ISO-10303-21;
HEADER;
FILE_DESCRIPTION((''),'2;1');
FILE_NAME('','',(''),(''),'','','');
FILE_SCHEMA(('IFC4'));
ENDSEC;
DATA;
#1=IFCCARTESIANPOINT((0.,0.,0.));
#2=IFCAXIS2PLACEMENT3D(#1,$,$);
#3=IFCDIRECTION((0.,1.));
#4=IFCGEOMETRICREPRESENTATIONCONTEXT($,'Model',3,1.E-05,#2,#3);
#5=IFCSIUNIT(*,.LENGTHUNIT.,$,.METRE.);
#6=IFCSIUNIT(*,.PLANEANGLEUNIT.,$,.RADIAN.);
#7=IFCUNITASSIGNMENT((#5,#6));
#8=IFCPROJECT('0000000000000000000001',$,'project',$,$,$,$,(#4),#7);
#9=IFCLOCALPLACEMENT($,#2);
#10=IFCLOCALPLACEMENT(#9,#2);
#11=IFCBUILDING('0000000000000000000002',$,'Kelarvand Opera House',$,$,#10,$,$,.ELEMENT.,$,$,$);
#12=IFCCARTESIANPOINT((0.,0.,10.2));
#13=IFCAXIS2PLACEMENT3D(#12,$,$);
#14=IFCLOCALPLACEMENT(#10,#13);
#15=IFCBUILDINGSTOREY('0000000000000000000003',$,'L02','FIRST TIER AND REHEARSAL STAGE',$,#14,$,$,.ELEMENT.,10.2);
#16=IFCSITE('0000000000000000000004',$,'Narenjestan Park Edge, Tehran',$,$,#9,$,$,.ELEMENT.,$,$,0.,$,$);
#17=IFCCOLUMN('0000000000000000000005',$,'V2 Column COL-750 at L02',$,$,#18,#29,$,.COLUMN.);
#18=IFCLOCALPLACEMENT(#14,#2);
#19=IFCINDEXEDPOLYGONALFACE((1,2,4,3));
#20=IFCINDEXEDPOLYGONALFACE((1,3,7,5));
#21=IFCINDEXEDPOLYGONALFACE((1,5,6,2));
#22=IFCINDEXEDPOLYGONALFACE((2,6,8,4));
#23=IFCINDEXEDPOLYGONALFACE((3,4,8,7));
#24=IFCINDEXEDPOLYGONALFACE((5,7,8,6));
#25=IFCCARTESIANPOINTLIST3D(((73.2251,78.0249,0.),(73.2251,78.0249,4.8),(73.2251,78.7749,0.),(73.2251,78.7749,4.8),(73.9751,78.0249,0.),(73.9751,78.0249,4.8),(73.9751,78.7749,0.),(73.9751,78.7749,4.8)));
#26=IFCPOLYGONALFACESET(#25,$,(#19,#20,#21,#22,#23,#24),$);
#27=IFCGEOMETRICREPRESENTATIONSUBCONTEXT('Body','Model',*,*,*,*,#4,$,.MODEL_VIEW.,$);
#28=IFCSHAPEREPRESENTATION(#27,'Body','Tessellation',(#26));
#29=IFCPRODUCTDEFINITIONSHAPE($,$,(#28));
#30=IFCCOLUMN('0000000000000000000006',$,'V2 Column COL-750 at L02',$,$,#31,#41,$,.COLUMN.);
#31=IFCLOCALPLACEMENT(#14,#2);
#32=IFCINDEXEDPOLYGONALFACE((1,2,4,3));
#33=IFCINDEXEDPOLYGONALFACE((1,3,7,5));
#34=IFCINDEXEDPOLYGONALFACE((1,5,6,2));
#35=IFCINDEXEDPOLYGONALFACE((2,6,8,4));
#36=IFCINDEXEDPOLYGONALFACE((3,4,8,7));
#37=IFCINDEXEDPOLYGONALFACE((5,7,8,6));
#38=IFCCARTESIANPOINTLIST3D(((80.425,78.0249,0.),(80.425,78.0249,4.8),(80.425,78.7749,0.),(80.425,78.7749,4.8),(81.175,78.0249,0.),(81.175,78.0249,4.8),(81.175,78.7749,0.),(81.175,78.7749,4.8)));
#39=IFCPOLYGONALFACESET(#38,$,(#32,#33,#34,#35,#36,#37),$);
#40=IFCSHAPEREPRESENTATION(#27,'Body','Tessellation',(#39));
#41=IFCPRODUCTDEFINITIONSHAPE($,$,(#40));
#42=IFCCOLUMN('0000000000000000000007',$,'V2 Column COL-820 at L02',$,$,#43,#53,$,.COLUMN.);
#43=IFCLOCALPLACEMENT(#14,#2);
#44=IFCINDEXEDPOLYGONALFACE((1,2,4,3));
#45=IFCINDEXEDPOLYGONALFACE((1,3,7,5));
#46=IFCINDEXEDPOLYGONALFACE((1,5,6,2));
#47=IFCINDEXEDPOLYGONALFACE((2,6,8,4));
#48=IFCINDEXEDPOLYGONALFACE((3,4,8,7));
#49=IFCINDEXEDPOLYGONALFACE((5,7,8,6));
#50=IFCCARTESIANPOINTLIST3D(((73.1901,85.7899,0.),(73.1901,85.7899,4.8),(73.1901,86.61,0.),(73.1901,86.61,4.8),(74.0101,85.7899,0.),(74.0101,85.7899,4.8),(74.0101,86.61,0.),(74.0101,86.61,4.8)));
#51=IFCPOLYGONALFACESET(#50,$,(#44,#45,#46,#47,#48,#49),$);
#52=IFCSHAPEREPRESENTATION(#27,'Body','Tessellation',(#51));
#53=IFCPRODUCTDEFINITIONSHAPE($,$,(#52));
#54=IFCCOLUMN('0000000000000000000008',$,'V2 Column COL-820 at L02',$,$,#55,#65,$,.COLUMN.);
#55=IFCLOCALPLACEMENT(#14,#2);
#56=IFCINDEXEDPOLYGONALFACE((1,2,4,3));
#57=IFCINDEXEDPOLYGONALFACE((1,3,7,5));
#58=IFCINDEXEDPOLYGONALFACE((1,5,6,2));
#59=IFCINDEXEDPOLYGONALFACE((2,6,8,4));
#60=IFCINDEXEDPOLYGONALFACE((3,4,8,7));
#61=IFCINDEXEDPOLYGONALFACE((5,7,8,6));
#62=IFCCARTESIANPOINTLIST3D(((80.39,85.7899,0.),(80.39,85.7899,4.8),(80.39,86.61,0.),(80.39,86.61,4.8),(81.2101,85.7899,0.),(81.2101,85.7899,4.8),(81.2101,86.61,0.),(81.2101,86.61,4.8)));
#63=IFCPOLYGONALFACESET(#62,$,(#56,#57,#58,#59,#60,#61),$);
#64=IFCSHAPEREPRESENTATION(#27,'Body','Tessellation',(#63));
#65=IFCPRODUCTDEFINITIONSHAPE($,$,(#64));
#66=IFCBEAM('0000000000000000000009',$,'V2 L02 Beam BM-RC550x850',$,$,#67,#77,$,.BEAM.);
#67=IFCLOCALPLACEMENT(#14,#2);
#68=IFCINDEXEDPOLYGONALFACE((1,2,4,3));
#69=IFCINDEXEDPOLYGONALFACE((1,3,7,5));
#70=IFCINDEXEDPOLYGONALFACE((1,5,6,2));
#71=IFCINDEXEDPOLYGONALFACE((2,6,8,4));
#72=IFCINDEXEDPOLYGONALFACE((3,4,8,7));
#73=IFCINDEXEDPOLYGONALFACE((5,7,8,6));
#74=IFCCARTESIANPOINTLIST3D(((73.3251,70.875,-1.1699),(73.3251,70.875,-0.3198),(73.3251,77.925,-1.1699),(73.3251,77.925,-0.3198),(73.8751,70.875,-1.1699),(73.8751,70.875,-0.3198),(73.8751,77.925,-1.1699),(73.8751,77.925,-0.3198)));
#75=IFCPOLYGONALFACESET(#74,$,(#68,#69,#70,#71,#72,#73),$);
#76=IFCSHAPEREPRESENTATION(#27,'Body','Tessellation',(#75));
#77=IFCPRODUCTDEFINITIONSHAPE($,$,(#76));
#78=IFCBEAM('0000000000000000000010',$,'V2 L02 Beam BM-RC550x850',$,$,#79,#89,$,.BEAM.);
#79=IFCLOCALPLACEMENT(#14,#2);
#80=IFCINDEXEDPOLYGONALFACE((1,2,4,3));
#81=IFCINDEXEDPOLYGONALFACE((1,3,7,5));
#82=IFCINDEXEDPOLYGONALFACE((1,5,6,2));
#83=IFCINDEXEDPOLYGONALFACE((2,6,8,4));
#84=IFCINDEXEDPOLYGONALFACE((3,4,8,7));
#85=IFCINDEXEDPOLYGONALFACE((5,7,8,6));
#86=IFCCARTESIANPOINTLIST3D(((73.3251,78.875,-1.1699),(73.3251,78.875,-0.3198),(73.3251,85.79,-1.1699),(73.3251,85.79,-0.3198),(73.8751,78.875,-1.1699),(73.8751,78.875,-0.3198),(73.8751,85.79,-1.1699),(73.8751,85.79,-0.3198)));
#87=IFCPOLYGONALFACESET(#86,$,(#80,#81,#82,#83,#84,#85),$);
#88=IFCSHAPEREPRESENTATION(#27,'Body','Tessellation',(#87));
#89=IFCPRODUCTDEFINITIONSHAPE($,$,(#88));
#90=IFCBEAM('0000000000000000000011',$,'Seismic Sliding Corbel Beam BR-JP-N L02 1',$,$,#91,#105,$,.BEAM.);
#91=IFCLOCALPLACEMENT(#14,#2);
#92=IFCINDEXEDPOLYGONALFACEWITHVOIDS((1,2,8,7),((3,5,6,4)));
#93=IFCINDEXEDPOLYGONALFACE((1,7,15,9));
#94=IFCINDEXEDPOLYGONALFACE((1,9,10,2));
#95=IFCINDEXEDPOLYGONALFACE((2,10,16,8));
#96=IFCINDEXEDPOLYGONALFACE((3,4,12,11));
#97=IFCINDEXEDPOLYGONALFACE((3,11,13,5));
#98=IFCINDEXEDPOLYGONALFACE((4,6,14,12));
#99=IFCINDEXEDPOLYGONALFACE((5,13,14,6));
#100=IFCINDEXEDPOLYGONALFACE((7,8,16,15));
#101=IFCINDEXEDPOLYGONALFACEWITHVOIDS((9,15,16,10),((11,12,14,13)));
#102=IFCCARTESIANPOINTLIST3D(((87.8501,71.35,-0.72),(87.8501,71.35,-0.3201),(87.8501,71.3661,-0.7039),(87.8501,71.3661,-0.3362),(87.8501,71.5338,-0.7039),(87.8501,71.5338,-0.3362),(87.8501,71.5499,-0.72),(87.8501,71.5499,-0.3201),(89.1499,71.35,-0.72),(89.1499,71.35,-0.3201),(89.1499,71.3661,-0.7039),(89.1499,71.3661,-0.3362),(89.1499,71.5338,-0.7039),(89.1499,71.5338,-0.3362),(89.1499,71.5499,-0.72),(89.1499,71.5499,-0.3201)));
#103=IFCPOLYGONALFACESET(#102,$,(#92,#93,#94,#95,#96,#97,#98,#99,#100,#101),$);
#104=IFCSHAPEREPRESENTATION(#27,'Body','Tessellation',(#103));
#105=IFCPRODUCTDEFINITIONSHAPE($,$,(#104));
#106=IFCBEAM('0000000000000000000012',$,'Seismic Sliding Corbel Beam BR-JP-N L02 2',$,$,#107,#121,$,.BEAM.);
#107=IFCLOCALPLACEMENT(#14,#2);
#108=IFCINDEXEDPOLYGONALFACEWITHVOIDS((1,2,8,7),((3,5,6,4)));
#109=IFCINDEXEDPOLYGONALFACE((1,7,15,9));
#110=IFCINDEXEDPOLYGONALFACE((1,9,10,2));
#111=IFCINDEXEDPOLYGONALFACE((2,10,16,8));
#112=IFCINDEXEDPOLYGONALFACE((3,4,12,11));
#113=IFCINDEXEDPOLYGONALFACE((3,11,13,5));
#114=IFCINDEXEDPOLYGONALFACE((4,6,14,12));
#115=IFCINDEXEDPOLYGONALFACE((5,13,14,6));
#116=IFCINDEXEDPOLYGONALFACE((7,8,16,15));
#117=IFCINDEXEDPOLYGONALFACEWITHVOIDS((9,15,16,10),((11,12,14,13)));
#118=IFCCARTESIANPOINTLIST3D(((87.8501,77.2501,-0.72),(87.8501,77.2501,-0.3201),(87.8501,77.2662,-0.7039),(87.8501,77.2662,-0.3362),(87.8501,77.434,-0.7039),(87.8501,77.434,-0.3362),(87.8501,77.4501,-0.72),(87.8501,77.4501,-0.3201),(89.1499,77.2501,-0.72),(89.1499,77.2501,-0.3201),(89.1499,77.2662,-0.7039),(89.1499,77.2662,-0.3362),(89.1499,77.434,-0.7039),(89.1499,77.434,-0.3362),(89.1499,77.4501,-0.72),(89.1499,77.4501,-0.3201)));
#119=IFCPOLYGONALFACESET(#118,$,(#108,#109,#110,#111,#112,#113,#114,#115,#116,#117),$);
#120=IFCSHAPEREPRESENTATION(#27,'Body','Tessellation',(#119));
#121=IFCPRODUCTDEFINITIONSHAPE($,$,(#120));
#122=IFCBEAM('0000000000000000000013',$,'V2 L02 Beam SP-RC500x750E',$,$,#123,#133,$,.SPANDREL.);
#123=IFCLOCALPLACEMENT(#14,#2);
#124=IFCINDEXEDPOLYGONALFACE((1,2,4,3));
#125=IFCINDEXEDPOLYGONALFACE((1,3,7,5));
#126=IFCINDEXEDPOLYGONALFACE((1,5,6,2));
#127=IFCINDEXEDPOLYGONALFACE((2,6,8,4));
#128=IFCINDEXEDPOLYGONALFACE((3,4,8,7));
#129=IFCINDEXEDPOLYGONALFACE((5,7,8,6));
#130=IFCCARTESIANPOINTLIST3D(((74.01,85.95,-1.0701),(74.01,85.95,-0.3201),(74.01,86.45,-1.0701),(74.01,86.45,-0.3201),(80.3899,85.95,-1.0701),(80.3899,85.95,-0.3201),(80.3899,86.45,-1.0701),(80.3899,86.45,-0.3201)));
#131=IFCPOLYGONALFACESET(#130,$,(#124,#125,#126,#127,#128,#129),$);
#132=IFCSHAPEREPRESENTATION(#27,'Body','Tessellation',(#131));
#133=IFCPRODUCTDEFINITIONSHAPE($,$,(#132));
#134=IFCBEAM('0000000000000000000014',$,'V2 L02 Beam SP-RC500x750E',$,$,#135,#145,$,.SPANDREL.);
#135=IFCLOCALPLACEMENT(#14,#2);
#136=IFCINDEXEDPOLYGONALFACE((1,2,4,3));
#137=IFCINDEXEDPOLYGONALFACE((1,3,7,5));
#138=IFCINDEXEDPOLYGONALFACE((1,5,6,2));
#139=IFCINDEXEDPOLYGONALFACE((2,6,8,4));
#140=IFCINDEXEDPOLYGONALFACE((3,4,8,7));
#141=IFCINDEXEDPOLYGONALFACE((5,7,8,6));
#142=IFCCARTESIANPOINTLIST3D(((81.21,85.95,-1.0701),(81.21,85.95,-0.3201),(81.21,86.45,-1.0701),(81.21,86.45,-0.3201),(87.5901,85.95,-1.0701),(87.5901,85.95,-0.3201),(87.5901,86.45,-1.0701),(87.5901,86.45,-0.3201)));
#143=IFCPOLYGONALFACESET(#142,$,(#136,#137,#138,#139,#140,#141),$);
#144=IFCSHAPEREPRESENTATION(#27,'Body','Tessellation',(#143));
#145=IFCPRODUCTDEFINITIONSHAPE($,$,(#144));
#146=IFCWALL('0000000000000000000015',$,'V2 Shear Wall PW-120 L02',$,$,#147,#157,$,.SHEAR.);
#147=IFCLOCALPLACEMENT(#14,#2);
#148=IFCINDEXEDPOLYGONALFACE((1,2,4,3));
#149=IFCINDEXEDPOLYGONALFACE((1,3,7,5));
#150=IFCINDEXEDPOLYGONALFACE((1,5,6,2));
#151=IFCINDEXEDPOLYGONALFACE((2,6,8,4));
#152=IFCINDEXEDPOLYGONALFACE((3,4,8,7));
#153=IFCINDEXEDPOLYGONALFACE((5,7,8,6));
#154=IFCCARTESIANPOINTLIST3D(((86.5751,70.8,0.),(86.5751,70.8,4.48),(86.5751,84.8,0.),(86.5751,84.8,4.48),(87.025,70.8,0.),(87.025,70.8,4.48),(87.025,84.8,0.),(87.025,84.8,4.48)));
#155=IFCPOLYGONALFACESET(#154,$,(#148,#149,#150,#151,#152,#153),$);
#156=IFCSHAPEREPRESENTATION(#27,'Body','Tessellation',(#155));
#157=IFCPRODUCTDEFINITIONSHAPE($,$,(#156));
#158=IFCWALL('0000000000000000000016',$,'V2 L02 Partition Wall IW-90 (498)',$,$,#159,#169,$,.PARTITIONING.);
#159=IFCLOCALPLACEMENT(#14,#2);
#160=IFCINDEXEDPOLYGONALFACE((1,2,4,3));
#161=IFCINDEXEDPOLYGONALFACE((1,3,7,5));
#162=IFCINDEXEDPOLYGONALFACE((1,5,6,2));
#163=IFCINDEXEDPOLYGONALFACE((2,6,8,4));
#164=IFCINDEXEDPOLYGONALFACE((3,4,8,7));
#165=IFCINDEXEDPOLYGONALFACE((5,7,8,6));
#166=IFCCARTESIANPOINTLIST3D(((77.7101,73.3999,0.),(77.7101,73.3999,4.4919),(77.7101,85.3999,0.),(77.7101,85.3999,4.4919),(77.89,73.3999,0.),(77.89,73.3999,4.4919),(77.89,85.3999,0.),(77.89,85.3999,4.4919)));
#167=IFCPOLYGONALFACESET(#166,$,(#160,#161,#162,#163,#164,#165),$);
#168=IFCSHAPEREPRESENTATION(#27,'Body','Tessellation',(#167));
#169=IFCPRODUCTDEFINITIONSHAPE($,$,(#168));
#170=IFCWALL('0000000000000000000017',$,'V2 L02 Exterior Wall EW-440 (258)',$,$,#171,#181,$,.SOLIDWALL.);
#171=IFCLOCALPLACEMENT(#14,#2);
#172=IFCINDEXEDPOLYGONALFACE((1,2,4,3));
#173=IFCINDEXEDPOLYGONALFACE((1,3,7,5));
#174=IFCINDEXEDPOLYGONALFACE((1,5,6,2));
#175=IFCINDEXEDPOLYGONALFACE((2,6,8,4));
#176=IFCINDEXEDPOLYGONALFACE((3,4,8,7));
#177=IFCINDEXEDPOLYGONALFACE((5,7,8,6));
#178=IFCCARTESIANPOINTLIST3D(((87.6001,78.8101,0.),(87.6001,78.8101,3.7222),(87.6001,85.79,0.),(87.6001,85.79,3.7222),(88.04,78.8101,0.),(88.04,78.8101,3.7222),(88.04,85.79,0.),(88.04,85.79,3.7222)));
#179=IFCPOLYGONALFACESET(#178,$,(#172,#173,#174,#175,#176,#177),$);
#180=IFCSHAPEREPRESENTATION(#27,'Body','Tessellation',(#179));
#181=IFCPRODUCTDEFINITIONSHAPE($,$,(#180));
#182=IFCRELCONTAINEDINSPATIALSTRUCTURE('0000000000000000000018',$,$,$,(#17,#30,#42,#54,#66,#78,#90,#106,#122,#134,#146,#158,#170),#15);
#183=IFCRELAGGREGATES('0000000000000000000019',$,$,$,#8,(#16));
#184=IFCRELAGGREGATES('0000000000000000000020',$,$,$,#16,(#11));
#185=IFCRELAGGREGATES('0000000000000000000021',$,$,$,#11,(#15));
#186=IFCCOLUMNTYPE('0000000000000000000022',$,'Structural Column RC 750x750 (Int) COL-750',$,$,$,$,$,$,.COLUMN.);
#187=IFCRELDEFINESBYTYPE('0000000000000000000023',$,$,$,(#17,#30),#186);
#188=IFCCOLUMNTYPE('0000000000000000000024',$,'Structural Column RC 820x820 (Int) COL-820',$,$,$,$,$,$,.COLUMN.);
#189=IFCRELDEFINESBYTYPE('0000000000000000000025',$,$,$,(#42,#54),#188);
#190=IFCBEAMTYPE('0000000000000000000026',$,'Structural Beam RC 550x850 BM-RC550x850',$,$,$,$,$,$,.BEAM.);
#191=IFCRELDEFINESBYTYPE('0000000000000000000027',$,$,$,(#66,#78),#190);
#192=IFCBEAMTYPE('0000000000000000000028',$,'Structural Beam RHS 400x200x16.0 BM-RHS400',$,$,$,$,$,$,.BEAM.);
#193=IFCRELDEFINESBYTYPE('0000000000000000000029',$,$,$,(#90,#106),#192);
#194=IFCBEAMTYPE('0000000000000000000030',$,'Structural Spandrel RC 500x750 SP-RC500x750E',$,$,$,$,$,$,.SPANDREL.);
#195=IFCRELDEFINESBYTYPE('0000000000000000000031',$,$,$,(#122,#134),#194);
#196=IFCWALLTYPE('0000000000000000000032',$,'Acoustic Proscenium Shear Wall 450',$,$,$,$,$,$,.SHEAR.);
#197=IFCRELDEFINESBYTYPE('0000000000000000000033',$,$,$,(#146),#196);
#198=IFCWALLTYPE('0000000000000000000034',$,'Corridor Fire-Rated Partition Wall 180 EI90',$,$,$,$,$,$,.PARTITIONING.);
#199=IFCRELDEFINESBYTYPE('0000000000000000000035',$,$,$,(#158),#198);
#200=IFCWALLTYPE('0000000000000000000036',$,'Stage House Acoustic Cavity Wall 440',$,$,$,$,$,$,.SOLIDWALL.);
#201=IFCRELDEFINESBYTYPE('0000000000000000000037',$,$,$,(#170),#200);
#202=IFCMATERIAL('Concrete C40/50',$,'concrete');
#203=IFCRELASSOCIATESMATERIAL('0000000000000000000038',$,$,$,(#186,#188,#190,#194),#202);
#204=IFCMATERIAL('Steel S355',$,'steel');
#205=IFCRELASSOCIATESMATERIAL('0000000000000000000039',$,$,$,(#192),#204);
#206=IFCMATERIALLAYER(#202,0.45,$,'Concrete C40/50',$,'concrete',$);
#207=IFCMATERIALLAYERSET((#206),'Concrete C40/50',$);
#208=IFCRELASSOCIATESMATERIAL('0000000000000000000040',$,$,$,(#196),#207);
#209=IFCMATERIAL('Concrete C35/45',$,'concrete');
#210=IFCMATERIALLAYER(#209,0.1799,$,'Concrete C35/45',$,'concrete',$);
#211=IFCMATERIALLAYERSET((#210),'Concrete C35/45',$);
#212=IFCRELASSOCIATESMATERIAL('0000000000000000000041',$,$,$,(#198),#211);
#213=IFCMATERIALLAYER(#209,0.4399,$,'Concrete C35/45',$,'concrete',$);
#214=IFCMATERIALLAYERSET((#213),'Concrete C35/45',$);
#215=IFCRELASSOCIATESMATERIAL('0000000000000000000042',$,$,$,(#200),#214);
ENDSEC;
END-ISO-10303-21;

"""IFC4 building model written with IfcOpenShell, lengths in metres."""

from ifc_helpers import new_model, si_unit, direction, frame, frame_2d, origin, origin_2d, place, context, subcontext, project, spatial, rectangle, hollow_rectangle, extrude, material, layer, layer_set, material_profile, profile_set, type_object, element, save


model = new_model("IFC4")

# Units and contexts
model_context = context("Model", 3, precision=1e-05, world=origin(), true_north=direction((0.0, 1.0)))
body_context = subcontext(model_context, "Body", "Model", "MODEL_VIEW")
ifc_project = project(units=[si_unit("LENGTHUNIT", "METRE"), si_unit("PLANEANGLEUNIT", "RADIAN")], contexts=[model_context])

# Site, building, storey
site_placement = place(None, origin())
site = spatial("IfcSite", under=ifc_project, at=site_placement, Name="Narenjestan Park Edge, Tehran", CompositionType="ELEMENT", RefElevation=0.0)
building_placement = place(site_placement, origin())
building = spatial("IfcBuilding", under=site, at=building_placement, Name="Kelarvand Opera House", CompositionType="ELEMENT")
storey_placement = place(building_placement, frame((0.0, 0.0, 10.2)))
storey = spatial("IfcBuildingStorey", under=building, at=storey_placement, Name="L02", Description="FIRST TIER AND REHEARSAL STAGE", CompositionType="ELEMENT", Elevation=10.2)

# Columns
ifc_material_1 = material(Name="Concrete C40/50", Category="concrete")
ifc_material_profile_1 = material_profile(ifc_material_1, rectangle(XDim=0.75, YDim=0.75, at=origin_2d()), Name="RC 750x750", Category="concrete")
ifc_profile_set_1 = profile_set([ifc_material_profile_1], Name="Concrete C40/50")
column_type_1 = type_object("IfcColumnType", Name="Structural Column RC 750x750 (Int) COL-750", PredefinedType="COLUMN", material=ifc_profile_set_1)
for number, where, z_axis, x_axis, name in (
    (1, (73.6001, 78.3999, 0.0), (0.0, 0.0, 1.0), (1.0, 0.0, 0.0), "V2 Column COL-750 at L02"),
    (2, (80.8, 78.3999, 0.0), (0.0, 0.0, 1.0), (1.0, 0.0, 0.0), "V2 Column COL-750 at L02"),
):
    element("IfcColumn", number, at=place(storey_placement, frame(where, z_axis=z_axis, x_axis=x_axis)), inside=storey, type_object=column_type_1, Name=name, PredefinedType="COLUMN", context=body_context, shape_type="SweptSolid", body=[
        extrude(rectangle(XDim=0.75, YDim=0.75, at=origin_2d()), origin(), (0.0, 0.0, 1.0), 4.8),
    ])
ifc_material_profile_2 = material_profile(ifc_material_1, rectangle(XDim=0.8201, YDim=0.8201, at=origin_2d()), Name="RC 820x820", Category="concrete")
ifc_profile_set_2 = profile_set([ifc_material_profile_2], Name="Concrete C40/50")
column_type_2 = type_object("IfcColumnType", Name="Structural Column RC 820x820 (Int) COL-820", PredefinedType="COLUMN", material=ifc_profile_set_2)
for number, where, z_axis, x_axis, name in (
    (3, (73.6001, 86.2, 0.0), (0.0, 0.0, 1.0), (1.0, 0.0, 0.0), "V2 Column COL-820 at L02"),
    (4, (80.8, 86.2, 0.0), (0.0, 0.0, 1.0), (1.0, 0.0, 0.0), "V2 Column COL-820 at L02"),
):
    element("IfcColumn", number, at=place(storey_placement, frame(where, z_axis=z_axis, x_axis=x_axis)), inside=storey, type_object=column_type_2, Name=name, PredefinedType="COLUMN", context=body_context, shape_type="SweptSolid", body=[
        extrude(rectangle(XDim=0.8201, YDim=0.8201, at=origin_2d()), origin(), (0.0, 0.0, 1.0), 4.8),
    ])

# Beams
ifc_material_profile_3 = material_profile(ifc_material_1, rectangle(XDim=0.55, YDim=0.8501, at=origin_2d()), Name="RC 550x850", Category="concrete")
ifc_profile_set_3 = profile_set([ifc_material_profile_3], Name="Concrete C40/50")
beam_type_1 = type_object("IfcBeamType", Name="Structural Beam RC 550x850 BM-RC550x850", PredefinedType="BEAM", material=ifc_profile_set_3)
beam_1_placement = place(storey_placement, frame((73.6001, 70.875, -0.7449), z_axis=(0.0, 1.0, 0.0), x_axis=(-1.0, 0.0, 0.0)))
element("IfcBeam", 5, at=beam_1_placement, inside=storey, type_object=beam_type_1, Name="V2 L02 Beam BM-RC550x850", PredefinedType="BEAM", context=body_context, shape_type="SweptSolid", body=[
    extrude(rectangle(XDim=0.55, YDim=0.8501, at=origin_2d()), origin(), (0.0, 0.0, 1.0), 7.05),
])
beam_2_placement = place(storey_placement, frame((73.6001, 78.875, -0.7449), z_axis=(0.0, 1.0, 0.0), x_axis=(-1.0, 0.0, 0.0)))
element("IfcBeam", 6, at=beam_2_placement, inside=storey, type_object=beam_type_1, Name="V2 L02 Beam BM-RC550x850", PredefinedType="BEAM", context=body_context, shape_type="SweptSolid", body=[
    extrude(rectangle(XDim=0.55, YDim=0.8501, at=origin_2d()), origin(), (0.0, 0.0, 1.0), 6.915),
])
ifc_material_2 = material(Name="Steel S355", Category="steel")
ifc_material_profile_4 = material_profile(ifc_material_2, hollow_rectangle(XDim=0.2, YDim=0.3999, WallThickness=0.0161, at=origin_2d()), Name="RHS 400x200x16.0", Category="steel")
ifc_profile_set_4 = profile_set([ifc_material_profile_4], Name="Steel S355")
beam_type_2 = type_object("IfcBeamType", Name="Structural Beam RHS 400x200x16.0 BM-RHS400", PredefinedType="BEAM", material=ifc_profile_set_4)
for number, where, z_axis, x_axis, name in (
    (7, (87.8501, 71.45, -0.52), (1.0, 0.0, 0.0), (0.0, 1.0, 0.0), "Seismic Sliding Corbel Beam BR-JP-N L02 1"),
    (8, (87.8501, 77.3501, -0.52), (1.0, 0.0, 0.0), (0.0, 1.0, 0.0), "Seismic Sliding Corbel Beam BR-JP-N L02 2"),
):
    element("IfcBeam", number, at=place(storey_placement, frame(where, z_axis=z_axis, x_axis=x_axis)), inside=storey, type_object=beam_type_2, Name=name, PredefinedType="BEAM", context=body_context, shape_type="SweptSolid", body=[
        extrude(hollow_rectangle(XDim=0.2, YDim=0.3999, WallThickness=0.0161, at=origin_2d()), origin(), (0.0, 0.0, 1.0), 1.2998),
    ])
ifc_material_profile_5 = material_profile(ifc_material_1, rectangle(XDim=0.5, YDim=0.75, at=origin_2d()), Name="RC 500x750", Category="concrete")
ifc_profile_set_5 = profile_set([ifc_material_profile_5], Name="Concrete C40/50")
beam_type_3 = type_object("IfcBeamType", Name="Structural Spandrel RC 500x750 SP-RC500x750E", PredefinedType="SPANDREL", material=ifc_profile_set_5)
beam_3_placement = place(storey_placement, frame((74.01, 86.2, -0.6951), z_axis=(1.0, 0.0, 0.0), x_axis=(0.0, 1.0, 0.0)))
element("IfcBeam", 9, at=beam_3_placement, inside=storey, type_object=beam_type_3, Name="V2 L02 Beam SP-RC500x750E", PredefinedType="SPANDREL", context=body_context, shape_type="SweptSolid", body=[
    extrude(rectangle(XDim=0.5, YDim=0.75, at=origin_2d()), origin(), (0.0, 0.0, 1.0), 6.3799),
])
beam_4_placement = place(storey_placement, frame((81.21, 86.2, -0.6951), z_axis=(1.0, 0.0, 0.0), x_axis=(0.0, 1.0, 0.0)))
element("IfcBeam", 10, at=beam_4_placement, inside=storey, type_object=beam_type_3, Name="V2 L02 Beam SP-RC500x750E", PredefinedType="SPANDREL", context=body_context, shape_type="SweptSolid", body=[
    extrude(rectangle(XDim=0.5, YDim=0.75, at=origin_2d()), origin(), (0.0, 0.0, 1.0), 6.3801),
])

# Walls
ifc_layer_1 = layer(ifc_material_1, 0.45, Name="Concrete C40/50", Category="concrete")
ifc_layer_set_1 = layer_set([ifc_layer_1], Name="Concrete C40/50")
wall_type_1 = type_object("IfcWallType", Name="Acoustic Proscenium Shear Wall 450", PredefinedType="SHEAR", material=ifc_layer_set_1)
wall_1_placement = place(storey_placement, frame((86.8, 70.8, 0.0), z_axis=(0.0, 0.0, 1.0), x_axis=(0.0, 1.0, 0.0)))
element("IfcWall", 11, at=wall_1_placement, inside=storey, type_object=wall_type_1, Name="V2 Shear Wall PW-120 L02", PredefinedType="SHEAR", context=body_context, shape_type="SweptSolid", body=[
    extrude(rectangle(XDim=14.0, YDim=0.45, at=frame_2d((7.0, 0.0))), origin(), (0.0, 0.0, 1.0), 4.48),
])
ifc_material_3 = material(Name="Concrete C35/45", Category="concrete")
ifc_layer_2 = layer(ifc_material_3, 0.1799, Name="Concrete C35/45", Category="concrete")
ifc_layer_set_2 = layer_set([ifc_layer_2], Name="Concrete C35/45")
wall_type_2 = type_object("IfcWallType", Name="Corridor Fire-Rated Partition Wall 180 EI90", PredefinedType="PARTITIONING", material=ifc_layer_set_2)
wall_2_placement = place(storey_placement, frame((77.8, 73.3999, 0.0), z_axis=(0.0, 0.0, 1.0), x_axis=(0.0, 1.0, 0.0)))
element("IfcWall", 12, at=wall_2_placement, inside=storey, type_object=wall_type_2, Name="V2 L02 Partition Wall IW-90 (498)", PredefinedType="PARTITIONING", context=body_context, shape_type="SweptSolid", body=[
    extrude(rectangle(XDim=12.0, YDim=0.1799, at=frame_2d((6.0, 0.0))), origin(), (0.0, 0.0, 1.0), 4.4919),
])
ifc_layer_3 = layer(ifc_material_3, 0.4399, Name="Concrete C35/45", Category="concrete")
ifc_layer_set_3 = layer_set([ifc_layer_3], Name="Concrete C35/45")
wall_type_3 = type_object("IfcWallType", Name="Stage House Acoustic Cavity Wall 440", PredefinedType="SOLIDWALL", material=ifc_layer_set_3)
wall_3_placement = place(storey_placement, frame((87.8201, 85.79, 0.0), z_axis=(0.0, 0.0, 1.0), x_axis=(0.0, -1.0, 0.0)))
element("IfcWall", 13, at=wall_3_placement, inside=storey, type_object=wall_type_3, Name="V2 L02 Exterior Wall EW-440 (258)", PredefinedType="SOLIDWALL", context=body_context, shape_type="SweptSolid", body=[
    extrude(rectangle(XDim=6.98, YDim=0.4399, at=frame_2d((3.49, 0.0))), origin(), (0.0, 0.0, 1.0), 3.7222),
])

save(model, "model.ifc")
